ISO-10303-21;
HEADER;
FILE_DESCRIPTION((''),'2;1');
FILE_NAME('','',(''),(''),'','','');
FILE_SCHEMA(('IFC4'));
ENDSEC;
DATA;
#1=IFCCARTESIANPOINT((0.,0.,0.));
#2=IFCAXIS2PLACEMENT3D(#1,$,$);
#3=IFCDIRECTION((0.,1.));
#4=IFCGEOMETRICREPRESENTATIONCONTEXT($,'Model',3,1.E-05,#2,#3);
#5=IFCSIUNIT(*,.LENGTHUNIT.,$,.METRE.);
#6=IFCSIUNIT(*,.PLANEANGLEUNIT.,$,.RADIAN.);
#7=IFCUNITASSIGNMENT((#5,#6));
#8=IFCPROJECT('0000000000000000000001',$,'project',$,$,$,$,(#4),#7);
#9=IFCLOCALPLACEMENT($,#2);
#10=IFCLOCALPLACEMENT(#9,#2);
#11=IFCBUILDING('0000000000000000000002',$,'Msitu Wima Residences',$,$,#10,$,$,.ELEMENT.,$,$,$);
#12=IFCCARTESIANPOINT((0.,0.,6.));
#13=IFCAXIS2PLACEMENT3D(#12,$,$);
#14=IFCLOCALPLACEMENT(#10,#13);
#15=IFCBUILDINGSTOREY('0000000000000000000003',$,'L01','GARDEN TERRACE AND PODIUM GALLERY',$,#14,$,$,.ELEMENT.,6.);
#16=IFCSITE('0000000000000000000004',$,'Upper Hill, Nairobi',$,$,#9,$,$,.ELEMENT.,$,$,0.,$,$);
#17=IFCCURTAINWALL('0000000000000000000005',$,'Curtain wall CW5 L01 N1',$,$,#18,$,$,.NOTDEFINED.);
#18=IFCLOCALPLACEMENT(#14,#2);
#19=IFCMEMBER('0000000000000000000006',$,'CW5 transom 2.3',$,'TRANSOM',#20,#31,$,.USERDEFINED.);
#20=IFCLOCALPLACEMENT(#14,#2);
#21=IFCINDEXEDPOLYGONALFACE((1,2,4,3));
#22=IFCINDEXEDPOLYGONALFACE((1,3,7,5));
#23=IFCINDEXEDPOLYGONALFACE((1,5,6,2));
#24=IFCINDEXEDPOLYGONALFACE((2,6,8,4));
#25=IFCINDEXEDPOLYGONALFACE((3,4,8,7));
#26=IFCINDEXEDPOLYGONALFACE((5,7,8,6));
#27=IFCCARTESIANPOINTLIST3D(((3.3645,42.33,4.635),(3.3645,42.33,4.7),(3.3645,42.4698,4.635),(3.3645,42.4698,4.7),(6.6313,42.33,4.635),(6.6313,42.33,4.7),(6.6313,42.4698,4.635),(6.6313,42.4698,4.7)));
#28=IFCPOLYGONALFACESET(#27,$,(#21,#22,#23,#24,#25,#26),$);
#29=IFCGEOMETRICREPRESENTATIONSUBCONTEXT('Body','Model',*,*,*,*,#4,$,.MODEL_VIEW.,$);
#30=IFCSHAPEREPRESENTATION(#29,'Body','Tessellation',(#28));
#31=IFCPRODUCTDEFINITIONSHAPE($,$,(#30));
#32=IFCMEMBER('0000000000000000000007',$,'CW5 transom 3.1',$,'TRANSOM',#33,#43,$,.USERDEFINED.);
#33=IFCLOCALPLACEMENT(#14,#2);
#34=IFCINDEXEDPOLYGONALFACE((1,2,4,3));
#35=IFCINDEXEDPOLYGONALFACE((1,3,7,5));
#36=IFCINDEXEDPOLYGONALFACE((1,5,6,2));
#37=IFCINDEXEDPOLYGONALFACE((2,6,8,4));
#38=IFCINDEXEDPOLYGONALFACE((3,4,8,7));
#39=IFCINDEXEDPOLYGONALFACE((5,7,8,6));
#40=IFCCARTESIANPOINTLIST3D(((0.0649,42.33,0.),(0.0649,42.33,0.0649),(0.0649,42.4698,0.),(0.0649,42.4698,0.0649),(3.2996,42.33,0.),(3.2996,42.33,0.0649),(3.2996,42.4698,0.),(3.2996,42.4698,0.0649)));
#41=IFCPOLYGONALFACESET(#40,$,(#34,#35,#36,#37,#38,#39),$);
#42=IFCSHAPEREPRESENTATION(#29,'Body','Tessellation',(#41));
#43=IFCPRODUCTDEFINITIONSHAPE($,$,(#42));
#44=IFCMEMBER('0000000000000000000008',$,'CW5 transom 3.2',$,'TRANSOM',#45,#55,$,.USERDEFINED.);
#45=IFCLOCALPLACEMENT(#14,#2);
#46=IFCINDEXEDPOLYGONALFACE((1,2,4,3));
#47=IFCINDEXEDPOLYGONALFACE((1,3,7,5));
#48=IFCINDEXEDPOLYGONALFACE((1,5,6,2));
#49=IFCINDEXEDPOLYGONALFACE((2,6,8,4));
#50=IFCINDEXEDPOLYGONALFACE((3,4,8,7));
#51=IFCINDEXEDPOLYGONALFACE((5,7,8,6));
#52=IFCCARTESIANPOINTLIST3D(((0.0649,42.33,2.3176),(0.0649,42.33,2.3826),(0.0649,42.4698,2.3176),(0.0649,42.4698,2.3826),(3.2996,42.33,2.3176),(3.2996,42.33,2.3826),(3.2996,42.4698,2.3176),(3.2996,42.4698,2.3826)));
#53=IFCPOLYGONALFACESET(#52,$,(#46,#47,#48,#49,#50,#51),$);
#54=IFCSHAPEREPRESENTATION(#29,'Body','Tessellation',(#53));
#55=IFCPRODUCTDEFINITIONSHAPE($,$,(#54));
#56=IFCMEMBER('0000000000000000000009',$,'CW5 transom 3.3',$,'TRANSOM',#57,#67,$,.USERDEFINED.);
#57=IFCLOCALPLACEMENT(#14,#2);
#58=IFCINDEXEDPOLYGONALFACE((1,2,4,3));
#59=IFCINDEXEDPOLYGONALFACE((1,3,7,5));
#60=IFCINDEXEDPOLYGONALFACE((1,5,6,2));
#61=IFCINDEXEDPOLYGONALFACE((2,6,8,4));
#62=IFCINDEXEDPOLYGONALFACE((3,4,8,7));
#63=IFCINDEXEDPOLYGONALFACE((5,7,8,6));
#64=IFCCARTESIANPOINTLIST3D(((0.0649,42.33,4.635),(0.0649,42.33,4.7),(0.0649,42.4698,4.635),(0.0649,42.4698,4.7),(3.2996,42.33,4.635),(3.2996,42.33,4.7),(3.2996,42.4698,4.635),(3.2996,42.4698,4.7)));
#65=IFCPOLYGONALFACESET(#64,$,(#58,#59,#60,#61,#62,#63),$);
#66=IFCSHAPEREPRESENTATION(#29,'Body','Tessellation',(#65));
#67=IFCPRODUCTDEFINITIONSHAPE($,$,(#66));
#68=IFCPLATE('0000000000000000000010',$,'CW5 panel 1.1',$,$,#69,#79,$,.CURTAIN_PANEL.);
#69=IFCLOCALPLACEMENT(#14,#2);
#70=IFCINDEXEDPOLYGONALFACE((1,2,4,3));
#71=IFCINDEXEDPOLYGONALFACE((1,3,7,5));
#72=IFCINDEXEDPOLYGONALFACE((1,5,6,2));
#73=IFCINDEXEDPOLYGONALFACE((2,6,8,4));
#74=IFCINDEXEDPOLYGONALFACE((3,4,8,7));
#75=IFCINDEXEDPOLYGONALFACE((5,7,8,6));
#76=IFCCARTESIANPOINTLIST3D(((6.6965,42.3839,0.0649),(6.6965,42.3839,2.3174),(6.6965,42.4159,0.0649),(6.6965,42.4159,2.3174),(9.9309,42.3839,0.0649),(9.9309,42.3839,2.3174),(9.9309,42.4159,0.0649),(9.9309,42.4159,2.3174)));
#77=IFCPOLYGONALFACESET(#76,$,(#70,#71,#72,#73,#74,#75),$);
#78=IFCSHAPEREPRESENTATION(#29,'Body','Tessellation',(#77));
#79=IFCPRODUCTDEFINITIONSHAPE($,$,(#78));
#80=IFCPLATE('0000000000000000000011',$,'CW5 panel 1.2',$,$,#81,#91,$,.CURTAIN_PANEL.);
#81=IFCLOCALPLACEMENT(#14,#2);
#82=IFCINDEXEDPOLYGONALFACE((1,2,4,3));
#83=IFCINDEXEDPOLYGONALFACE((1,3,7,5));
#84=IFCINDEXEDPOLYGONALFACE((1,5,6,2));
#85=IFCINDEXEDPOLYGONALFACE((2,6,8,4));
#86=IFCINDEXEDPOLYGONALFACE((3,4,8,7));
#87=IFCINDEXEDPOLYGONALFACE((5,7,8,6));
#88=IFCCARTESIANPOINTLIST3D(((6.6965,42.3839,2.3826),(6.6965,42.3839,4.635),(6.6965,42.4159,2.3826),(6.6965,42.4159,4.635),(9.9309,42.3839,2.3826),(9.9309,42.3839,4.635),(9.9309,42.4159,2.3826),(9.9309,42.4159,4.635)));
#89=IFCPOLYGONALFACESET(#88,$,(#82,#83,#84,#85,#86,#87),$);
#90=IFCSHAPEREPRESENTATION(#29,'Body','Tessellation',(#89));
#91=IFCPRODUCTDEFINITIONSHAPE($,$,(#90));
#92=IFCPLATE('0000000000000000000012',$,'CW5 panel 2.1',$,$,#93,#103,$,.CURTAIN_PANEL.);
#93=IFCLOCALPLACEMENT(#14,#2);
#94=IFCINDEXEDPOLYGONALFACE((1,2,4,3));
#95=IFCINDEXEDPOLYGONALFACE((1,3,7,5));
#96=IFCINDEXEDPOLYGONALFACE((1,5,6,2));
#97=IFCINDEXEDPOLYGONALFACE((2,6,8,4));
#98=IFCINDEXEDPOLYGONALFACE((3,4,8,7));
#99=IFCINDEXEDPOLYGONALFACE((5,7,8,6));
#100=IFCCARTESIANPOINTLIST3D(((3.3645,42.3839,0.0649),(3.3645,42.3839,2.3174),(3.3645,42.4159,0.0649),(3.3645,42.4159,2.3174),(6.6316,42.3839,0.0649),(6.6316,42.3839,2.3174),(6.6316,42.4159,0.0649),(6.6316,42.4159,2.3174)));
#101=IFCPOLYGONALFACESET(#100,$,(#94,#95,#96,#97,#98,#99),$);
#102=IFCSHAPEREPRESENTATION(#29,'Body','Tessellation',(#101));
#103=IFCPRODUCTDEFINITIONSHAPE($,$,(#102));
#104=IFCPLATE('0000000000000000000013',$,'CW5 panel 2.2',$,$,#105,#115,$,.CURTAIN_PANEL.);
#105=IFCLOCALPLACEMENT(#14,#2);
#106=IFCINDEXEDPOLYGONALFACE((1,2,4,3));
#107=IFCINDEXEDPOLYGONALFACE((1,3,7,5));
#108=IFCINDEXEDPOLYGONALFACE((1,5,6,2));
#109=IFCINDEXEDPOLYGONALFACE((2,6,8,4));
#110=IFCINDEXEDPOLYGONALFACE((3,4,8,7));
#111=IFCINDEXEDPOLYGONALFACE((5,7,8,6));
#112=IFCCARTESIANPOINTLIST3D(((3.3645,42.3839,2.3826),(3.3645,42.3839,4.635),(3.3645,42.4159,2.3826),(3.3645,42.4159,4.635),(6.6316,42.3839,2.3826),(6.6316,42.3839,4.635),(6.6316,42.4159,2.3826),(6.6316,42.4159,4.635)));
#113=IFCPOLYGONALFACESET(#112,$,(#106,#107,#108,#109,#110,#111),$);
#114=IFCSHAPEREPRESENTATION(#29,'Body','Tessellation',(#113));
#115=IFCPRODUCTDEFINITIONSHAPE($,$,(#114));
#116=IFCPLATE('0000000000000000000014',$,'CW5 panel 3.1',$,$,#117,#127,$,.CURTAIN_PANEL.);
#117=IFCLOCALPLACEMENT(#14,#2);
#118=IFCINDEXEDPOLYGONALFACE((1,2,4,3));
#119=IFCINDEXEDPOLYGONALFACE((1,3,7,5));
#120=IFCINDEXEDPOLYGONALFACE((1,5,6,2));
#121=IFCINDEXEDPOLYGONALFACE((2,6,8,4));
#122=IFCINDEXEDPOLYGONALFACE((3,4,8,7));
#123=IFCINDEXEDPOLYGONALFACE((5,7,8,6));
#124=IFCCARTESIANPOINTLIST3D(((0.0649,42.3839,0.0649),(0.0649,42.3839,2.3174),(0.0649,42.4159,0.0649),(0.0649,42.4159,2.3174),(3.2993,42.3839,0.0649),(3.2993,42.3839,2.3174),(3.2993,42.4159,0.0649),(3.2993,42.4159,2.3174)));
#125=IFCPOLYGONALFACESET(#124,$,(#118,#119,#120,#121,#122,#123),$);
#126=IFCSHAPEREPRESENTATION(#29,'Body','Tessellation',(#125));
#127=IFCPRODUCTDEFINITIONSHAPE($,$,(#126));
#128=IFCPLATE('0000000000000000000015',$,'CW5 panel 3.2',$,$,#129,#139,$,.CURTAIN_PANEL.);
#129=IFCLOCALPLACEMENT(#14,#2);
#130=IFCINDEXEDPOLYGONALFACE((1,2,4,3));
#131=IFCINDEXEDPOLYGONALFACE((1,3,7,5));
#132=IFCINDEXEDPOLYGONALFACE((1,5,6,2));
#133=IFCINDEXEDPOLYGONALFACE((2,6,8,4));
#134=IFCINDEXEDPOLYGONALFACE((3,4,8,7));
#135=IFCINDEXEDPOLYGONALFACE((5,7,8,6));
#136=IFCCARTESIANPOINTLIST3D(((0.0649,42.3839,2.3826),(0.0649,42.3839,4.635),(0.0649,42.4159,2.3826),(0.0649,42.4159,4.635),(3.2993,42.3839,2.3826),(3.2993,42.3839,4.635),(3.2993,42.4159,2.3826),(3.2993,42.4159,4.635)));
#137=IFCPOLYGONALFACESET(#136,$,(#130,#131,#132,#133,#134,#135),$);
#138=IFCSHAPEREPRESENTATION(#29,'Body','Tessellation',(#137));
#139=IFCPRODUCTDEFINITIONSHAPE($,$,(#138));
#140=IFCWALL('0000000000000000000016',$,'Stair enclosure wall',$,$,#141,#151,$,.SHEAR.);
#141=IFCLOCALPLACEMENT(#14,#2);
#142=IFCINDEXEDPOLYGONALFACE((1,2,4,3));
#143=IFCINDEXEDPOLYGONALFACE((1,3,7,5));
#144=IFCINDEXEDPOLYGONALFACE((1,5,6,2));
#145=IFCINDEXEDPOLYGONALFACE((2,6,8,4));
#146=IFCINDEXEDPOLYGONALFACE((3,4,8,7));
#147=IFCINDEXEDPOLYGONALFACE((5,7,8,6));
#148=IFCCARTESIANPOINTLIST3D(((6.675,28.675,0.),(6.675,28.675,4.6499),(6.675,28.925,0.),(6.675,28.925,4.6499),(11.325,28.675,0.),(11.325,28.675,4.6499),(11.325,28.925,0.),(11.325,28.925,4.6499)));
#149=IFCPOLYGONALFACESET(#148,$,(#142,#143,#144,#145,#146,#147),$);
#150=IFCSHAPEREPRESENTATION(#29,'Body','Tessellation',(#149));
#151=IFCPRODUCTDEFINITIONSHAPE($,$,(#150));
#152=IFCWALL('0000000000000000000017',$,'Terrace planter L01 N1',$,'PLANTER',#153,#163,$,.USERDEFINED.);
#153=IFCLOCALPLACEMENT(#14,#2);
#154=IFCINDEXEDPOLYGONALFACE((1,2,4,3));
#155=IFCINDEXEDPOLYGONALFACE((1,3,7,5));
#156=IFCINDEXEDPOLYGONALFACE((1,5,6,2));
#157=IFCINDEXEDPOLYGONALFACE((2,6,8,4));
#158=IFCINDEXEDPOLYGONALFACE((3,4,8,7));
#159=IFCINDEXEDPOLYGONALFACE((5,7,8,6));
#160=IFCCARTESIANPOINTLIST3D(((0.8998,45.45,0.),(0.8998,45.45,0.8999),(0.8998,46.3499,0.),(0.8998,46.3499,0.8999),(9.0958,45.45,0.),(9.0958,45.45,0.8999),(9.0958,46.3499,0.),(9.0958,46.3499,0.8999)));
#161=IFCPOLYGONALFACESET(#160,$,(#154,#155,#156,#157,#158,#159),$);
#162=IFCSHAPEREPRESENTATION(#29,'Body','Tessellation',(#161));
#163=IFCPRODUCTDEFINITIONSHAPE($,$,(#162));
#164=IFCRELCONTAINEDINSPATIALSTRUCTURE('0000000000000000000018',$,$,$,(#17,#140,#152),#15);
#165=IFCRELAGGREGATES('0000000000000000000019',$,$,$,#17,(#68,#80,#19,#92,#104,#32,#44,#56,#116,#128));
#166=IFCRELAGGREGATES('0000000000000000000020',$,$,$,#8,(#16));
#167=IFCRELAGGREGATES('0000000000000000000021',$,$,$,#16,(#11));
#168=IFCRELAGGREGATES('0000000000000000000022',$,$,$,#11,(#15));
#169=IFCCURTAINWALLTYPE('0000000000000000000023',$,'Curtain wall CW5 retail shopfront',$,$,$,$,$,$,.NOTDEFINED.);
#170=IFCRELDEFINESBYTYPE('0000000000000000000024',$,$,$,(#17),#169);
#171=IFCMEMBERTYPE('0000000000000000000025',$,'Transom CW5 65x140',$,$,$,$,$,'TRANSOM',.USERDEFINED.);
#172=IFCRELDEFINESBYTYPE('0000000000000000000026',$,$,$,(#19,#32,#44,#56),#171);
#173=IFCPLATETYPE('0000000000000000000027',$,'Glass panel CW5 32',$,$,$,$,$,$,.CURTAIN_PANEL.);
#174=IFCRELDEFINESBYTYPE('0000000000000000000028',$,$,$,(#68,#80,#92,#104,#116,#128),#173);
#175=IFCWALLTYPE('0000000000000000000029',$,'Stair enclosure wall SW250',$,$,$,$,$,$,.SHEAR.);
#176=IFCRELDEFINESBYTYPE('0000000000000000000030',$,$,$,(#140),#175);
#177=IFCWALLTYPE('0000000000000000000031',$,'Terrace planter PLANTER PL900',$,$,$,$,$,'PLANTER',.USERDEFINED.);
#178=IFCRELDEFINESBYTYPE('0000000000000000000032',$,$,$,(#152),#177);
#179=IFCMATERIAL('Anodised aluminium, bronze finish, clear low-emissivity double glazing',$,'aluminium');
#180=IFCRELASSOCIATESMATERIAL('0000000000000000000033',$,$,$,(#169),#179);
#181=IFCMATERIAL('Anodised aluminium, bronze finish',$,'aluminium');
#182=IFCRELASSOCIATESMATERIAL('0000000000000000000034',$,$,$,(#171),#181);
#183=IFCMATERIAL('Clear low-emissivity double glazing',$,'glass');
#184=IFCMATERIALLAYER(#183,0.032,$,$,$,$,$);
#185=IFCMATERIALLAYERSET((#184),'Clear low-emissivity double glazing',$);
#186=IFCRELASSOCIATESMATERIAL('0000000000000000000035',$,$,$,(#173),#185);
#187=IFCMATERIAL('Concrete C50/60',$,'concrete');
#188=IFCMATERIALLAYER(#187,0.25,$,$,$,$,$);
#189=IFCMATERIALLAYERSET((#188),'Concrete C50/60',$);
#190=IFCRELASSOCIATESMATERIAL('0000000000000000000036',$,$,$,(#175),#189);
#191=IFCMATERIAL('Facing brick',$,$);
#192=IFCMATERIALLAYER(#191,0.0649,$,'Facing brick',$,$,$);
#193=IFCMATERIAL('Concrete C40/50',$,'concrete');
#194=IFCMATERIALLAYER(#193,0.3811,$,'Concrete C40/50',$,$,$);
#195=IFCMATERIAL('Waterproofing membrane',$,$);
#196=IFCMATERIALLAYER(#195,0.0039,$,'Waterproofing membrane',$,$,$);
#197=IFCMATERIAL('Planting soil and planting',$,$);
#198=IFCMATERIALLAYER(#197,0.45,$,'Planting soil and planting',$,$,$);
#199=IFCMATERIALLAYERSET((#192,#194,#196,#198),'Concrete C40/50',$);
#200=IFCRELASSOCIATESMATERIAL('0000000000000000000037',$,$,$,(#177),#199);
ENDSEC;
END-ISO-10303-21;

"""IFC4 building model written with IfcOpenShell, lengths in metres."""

from ifc_helpers import new_model, si_unit, direction, frame, frame_2d, origin, origin_2d, place, context, subcontext, project, spatial, rectangle, extrude, material, layer, layer_set, material_profile, profile_set, type_object, element, aggregate, save


model = new_model("IFC4")

# Units and contexts
model_context = context("Model", 3, precision=1e-05, world=origin(), true_north=direction((0.0, 1.0)))
body_context = subcontext(model_context, "Body", "Model", "MODEL_VIEW")
ifc_project = project(units=[si_unit("LENGTHUNIT", "METRE"), si_unit("PLANEANGLEUNIT", "RADIAN")], contexts=[model_context])

# Site, building, storey
site_placement = place(None, origin())
site = spatial("IfcSite", under=ifc_project, at=site_placement, Name="Upper Hill, Nairobi", CompositionType="ELEMENT", RefElevation=0.0)
building_placement = place(site_placement, origin())
building = spatial("IfcBuilding", under=site, at=building_placement, Name="Msitu Wima Residences", CompositionType="ELEMENT")
storey_placement = place(building_placement, frame((0.0, 0.0, 6.0)))
storey = spatial("IfcBuildingStorey", under=building, at=storey_placement, Name="L01", Description="GARDEN TERRACE AND PODIUM GALLERY", CompositionType="ELEMENT", Elevation=6.0)

# Shared definitions
ifc_material_1 = material(Name="Concrete C40/50", Category="concrete")

# Shared definitions
ifc_material_2 = material(Name="Anodised aluminium, bronze finish, clear low-emissivity double glazing", Category="aluminium")
curtain_wall_type = type_object("IfcCurtainWallType", Name="Curtain wall CW5 retail shopfront", PredefinedType="NOTDEFINED", material=ifc_material_2)
ifc_material_3 = material(Name="Anodised aluminium, bronze finish", Category="aluminium")

# Curtain wall
curtain_wall_1_placement = place(storey_placement, origin())
curtain_wall_1 = element("IfcCurtainWall", 1, at=curtain_wall_1_placement, inside=storey, type_object=curtain_wall_type, Name="Curtain wall CW5 L01 N1", PredefinedType="NOTDEFINED")

# Members
ifc_material_profile_1 = material_profile(ifc_material_3, rectangle(XDim=0.1399, YDim=0.0649, at=origin_2d()), Name="Transom 65x140")
ifc_profile_set_1 = profile_set([ifc_material_profile_1], Name="Anodised aluminium, bronze finish")
member_type_1 = type_object("IfcMemberType", Name="Transom CW5 65x140", ElementType="TRANSOM", PredefinedType="USERDEFINED", material=ifc_profile_set_1)
member_1_placement = place(storey_placement, frame((6.6313, 42.3999, 4.6675), z_axis=(-1.0, 0.0, 0.0), x_axis=(0.0, -1.0, 0.0)))
member_1 = element("IfcMember", 2, at=member_1_placement, type_object=member_type_1, Name="CW5 transom 2.3", ObjectType="TRANSOM", PredefinedType="USERDEFINED", context=body_context, shape_type="SweptSolid", body=[
    extrude(rectangle(XDim=0.1399, YDim=0.0649, at=origin_2d()), origin(), (0.0, 0.0, 1.0), 3.2668),
])
member_2_placement = place(storey_placement, frame((3.2996, 42.3999, 0.0325), z_axis=(-1.0, 0.0, 0.0), x_axis=(0.0, -1.0, 0.0)))
member_2 = element("IfcMember", 3, at=member_2_placement, type_object=member_type_1, Name="CW5 transom 3.1", ObjectType="TRANSOM", PredefinedType="USERDEFINED", context=body_context, shape_type="SweptSolid", body=[
    extrude(rectangle(XDim=0.1399, YDim=0.0649, at=origin_2d()), origin(), (0.0, 0.0, 1.0), 3.2346),
])
member_3_placement = place(storey_placement, frame((3.2996, 42.3999, 2.3501), z_axis=(-1.0, 0.0, 0.0), x_axis=(0.0, -1.0, 0.0)))
member_3 = element("IfcMember", 4, at=member_3_placement, type_object=member_type_1, Name="CW5 transom 3.2", ObjectType="TRANSOM", PredefinedType="USERDEFINED", context=body_context, shape_type="SweptSolid", body=[
    extrude(rectangle(XDim=0.1399, YDim=0.0649, at=origin_2d()), origin(), (0.0, 0.0, 1.0), 3.2346),
])
member_4_placement = place(storey_placement, frame((3.2996, 42.3999, 4.6675), z_axis=(-1.0, 0.0, 0.0), x_axis=(0.0, -1.0, 0.0)))
member_4 = element("IfcMember", 5, at=member_4_placement, type_object=member_type_1, Name="CW5 transom 3.3", ObjectType="TRANSOM", PredefinedType="USERDEFINED", context=body_context, shape_type="SweptSolid", body=[
    extrude(rectangle(XDim=0.1399, YDim=0.0649, at=origin_2d()), origin(), (0.0, 0.0, 1.0), 3.2346),
])

# Plates
ifc_material_4 = material(Name="Clear low-emissivity double glazing", Category="glass")
ifc_layer_1 = layer(ifc_material_4, 0.032)
ifc_layer_set_1 = layer_set([ifc_layer_1], Name="Clear low-emissivity double glazing")
plate_type = type_object("IfcPlateType", Name="Glass panel CW5 32", PredefinedType="CURTAIN_PANEL", material=ifc_layer_set_1)
plate_1_placement = place(storey_placement, frame((8.3137, 42.3999, 0.0649), z_axis=(0.0, 0.0, 1.0), x_axis=(-1.0, 0.0, 0.0)))
plate_1 = element("IfcPlate", 6, at=plate_1_placement, type_object=plate_type, Name="CW5 panel 1.1", PredefinedType="CURTAIN_PANEL", context=body_context, shape_type="SweptSolid", body=[
    extrude(rectangle(XDim=3.2344, YDim=0.032, at=origin_2d()), origin(), (0.0, 0.0, 1.0), 2.2524),
])
plate_2_placement = place(storey_placement, frame((8.3137, 42.3999, 2.3826), z_axis=(0.0, 0.0, 1.0), x_axis=(-1.0, 0.0, 0.0)))
plate_2 = element("IfcPlate", 7, at=plate_2_placement, type_object=plate_type, Name="CW5 panel 1.2", PredefinedType="CURTAIN_PANEL", context=body_context, shape_type="SweptSolid", body=[
    extrude(rectangle(XDim=3.2344, YDim=0.032, at=origin_2d()), origin(), (0.0, 0.0, 1.0), 2.2524),
])
plate_3_placement = place(storey_placement, frame((4.998, 42.3999, 0.0649), z_axis=(0.0, 0.0, 1.0), x_axis=(-1.0, 0.0, 0.0)))
plate_3 = element("IfcPlate", 8, at=plate_3_placement, type_object=plate_type, Name="CW5 panel 2.1", PredefinedType="CURTAIN_PANEL", context=body_context, shape_type="SweptSolid", body=[
    extrude(rectangle(XDim=3.2671, YDim=0.032, at=origin_2d()), origin(), (0.0, 0.0, 1.0), 2.2524),
])
plate_4_placement = place(storey_placement, frame((4.998, 42.3999, 2.3826), z_axis=(0.0, 0.0, 1.0), x_axis=(-1.0, 0.0, 0.0)))
plate_4 = element("IfcPlate", 9, at=plate_4_placement, type_object=plate_type, Name="CW5 panel 2.2", PredefinedType="CURTAIN_PANEL", context=body_context, shape_type="SweptSolid", body=[
    extrude(rectangle(XDim=3.2671, YDim=0.032, at=origin_2d()), origin(), (0.0, 0.0, 1.0), 2.2524),
])
plate_5_placement = place(storey_placement, frame((1.6821, 42.3999, 0.0649), z_axis=(0.0, 0.0, 1.0), x_axis=(-1.0, 0.0, 0.0)))
plate_5 = element("IfcPlate", 10, at=plate_5_placement, type_object=plate_type, Name="CW5 panel 3.1", PredefinedType="CURTAIN_PANEL", context=body_context, shape_type="SweptSolid", body=[
    extrude(rectangle(XDim=3.2344, YDim=0.032, at=origin_2d()), origin(), (0.0, 0.0, 1.0), 2.2524),
])
plate_6_placement = place(storey_placement, frame((1.6821, 42.3999, 2.3826), z_axis=(0.0, 0.0, 1.0), x_axis=(-1.0, 0.0, 0.0)))
plate_6 = element("IfcPlate", 11, at=plate_6_placement, type_object=plate_type, Name="CW5 panel 3.2", PredefinedType="CURTAIN_PANEL", context=body_context, shape_type="SweptSolid", body=[
    extrude(rectangle(XDim=3.2344, YDim=0.032, at=origin_2d()), origin(), (0.0, 0.0, 1.0), 2.2524),
])
aggregate(curtain_wall_1, [plate_1, plate_2, member_1, plate_3, plate_4, member_2, member_3, member_4, plate_5, plate_6])

# Walls
ifc_material_5 = material(Name="Concrete C50/60", Category="concrete")
ifc_layer_2 = layer(ifc_material_5, 0.25)
ifc_layer_set_2 = layer_set([ifc_layer_2], Name="Concrete C50/60")
wall_type_1 = type_object("IfcWallType", Name="Stair enclosure wall SW250", PredefinedType="SHEAR", material=ifc_layer_set_2)
wall_1_placement = place(storey_placement, frame((6.675, 28.8, 0.0), z_axis=(0.0, 0.0, 1.0), x_axis=(1.0, 0.0, 0.0)))
element("IfcWall", 12, at=wall_1_placement, inside=storey, type_object=wall_type_1, Name="Stair enclosure wall", PredefinedType="SHEAR", context=body_context, shape_type="SweptSolid", body=[
    extrude(rectangle(XDim=4.6499, YDim=0.25, at=frame_2d((2.325, 0.0))), origin(), (0.0, 0.0, 1.0), 4.6499),
])
ifc_material_6 = material(Name="Facing brick")
ifc_layer_3 = layer(ifc_material_6, 0.0649, Name="Facing brick")
ifc_layer_4 = layer(ifc_material_1, 0.3811, Name="Concrete C40/50")
ifc_material_7 = material(Name="Waterproofing membrane")
ifc_layer_5 = layer(ifc_material_7, 0.0039, Name="Waterproofing membrane")
ifc_material_8 = material(Name="Planting soil and planting")
ifc_layer_6 = layer(ifc_material_8, 0.45, Name="Planting soil and planting")
ifc_layer_set_3 = layer_set([ifc_layer_3, ifc_layer_4, ifc_layer_5, ifc_layer_6], Name="Concrete C40/50")
wall_type_2 = type_object("IfcWallType", Name="Terrace planter PLANTER PL900", ElementType="PLANTER", PredefinedType="USERDEFINED", material=ifc_layer_set_3)
wall_2_placement = place(storey_placement, frame((9.0959, 45.8999, 0.0), z_axis=(0.0, 0.0, 1.0), x_axis=(-1.0, 0.0, 0.0)))
element("IfcWall", 13, at=wall_2_placement, inside=storey, type_object=wall_type_2, Name="Terrace planter L01 N1", ObjectType="PLANTER", PredefinedType="USERDEFINED", context=body_context, shape_type="SweptSolid", body=[
    extrude(rectangle(XDim=8.196, YDim=0.8999, at=frame_2d((4.0981, 0.0))), origin(), (0.0, 0.0, 1.0), 0.8999),
])

save(model, "model.ifc")
